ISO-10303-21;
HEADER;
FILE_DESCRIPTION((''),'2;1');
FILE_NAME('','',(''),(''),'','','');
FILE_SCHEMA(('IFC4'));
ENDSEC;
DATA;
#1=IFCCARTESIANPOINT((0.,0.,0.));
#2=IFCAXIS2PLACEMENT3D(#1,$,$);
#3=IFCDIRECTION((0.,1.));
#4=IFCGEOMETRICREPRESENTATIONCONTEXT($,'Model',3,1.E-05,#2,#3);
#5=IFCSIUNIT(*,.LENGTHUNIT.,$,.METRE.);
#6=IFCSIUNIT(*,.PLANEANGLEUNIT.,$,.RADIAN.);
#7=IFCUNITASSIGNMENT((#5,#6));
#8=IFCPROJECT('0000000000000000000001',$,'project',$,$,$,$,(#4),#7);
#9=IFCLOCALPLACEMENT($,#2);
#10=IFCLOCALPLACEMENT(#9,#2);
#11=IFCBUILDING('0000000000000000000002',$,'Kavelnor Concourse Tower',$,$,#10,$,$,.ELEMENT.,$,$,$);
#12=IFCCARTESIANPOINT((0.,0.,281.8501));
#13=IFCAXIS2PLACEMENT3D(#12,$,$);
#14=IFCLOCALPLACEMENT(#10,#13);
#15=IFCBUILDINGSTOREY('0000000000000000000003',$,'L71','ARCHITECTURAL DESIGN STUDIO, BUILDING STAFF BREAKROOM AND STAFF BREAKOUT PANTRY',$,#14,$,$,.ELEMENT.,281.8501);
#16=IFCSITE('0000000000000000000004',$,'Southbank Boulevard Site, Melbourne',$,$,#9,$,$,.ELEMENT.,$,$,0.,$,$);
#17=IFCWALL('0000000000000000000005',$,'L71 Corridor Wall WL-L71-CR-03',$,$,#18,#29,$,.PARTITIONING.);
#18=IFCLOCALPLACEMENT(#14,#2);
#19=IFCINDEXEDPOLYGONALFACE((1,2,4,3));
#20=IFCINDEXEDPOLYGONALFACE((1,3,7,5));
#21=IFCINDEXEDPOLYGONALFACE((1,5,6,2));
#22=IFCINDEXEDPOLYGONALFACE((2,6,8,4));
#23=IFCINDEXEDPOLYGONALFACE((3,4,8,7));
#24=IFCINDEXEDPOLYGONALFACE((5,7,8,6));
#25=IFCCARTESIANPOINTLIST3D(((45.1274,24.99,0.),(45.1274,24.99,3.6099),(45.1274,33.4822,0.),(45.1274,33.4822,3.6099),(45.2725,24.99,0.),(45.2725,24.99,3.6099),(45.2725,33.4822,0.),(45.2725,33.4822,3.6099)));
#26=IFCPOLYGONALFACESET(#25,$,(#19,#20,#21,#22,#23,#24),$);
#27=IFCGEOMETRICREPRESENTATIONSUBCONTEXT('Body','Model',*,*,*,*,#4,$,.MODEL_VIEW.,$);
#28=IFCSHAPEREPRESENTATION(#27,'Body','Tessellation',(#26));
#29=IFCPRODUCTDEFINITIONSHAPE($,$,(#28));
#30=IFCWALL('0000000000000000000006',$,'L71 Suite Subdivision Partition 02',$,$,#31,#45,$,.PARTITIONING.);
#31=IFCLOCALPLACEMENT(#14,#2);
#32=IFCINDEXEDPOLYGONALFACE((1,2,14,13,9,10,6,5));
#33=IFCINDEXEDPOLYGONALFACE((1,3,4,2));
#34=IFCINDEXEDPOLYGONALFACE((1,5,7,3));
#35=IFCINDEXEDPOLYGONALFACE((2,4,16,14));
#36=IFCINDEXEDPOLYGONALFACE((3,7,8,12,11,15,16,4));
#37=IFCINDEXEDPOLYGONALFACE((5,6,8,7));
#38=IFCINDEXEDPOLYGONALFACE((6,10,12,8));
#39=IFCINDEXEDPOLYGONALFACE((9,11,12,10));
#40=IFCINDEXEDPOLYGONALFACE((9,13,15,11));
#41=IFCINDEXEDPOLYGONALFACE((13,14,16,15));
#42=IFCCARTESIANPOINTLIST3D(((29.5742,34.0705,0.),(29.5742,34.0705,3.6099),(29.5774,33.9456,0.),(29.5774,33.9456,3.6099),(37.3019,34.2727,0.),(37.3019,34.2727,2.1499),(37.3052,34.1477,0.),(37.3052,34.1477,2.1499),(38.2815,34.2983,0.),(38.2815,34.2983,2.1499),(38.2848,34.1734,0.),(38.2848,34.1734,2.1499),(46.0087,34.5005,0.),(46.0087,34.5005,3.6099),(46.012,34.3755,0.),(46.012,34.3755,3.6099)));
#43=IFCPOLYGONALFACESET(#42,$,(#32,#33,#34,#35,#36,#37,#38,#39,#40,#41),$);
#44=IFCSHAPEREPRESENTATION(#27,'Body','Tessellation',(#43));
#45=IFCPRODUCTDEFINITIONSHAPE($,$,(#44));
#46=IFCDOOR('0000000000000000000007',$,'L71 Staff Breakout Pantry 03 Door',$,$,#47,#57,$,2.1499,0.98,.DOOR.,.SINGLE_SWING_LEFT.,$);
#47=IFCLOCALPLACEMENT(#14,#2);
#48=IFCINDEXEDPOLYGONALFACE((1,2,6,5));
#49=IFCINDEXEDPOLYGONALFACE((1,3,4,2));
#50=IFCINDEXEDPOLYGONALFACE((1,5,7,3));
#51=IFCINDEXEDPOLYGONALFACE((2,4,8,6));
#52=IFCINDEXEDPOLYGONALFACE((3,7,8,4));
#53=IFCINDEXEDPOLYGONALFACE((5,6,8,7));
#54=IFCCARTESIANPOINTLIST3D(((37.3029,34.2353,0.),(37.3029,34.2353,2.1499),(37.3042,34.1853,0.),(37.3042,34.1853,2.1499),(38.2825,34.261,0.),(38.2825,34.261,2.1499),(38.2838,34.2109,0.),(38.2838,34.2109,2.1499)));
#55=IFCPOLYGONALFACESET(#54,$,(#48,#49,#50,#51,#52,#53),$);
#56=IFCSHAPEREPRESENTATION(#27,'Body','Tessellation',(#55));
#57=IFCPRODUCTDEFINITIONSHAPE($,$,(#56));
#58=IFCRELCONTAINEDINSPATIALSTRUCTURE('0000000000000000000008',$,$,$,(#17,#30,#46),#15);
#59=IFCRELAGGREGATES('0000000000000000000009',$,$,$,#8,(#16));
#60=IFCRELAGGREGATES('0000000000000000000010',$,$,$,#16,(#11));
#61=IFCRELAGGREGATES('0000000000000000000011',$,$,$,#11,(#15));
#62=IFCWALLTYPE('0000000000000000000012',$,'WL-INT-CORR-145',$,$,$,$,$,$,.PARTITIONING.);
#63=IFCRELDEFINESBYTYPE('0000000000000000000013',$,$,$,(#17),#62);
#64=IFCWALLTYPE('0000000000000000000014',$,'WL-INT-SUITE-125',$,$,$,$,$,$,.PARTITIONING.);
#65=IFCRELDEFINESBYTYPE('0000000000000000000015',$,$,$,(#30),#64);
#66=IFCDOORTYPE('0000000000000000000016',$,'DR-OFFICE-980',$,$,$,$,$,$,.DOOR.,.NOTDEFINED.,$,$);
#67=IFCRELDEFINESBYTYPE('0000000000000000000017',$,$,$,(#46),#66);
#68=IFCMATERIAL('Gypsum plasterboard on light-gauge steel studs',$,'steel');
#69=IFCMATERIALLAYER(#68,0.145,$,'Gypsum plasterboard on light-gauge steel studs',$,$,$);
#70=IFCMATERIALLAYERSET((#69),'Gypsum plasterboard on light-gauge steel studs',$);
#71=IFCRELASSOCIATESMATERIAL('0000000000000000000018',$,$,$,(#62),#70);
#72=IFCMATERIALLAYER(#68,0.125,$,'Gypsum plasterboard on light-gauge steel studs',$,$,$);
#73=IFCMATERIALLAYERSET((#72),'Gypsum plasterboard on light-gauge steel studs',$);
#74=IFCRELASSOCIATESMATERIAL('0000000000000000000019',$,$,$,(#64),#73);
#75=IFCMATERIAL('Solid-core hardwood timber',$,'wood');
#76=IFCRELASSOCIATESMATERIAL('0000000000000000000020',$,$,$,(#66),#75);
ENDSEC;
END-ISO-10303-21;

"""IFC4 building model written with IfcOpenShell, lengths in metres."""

from ifc_helpers import new_model, si_unit, direction, frame, frame_2d, origin, place, context, subcontext, project, spatial, rectangle, extrude, material, layer, layer_set, type_object, element, fill, save


model = new_model("IFC4")

# Units and contexts
model_context = context("Model", 3, precision=1e-05, world=origin(), true_north=direction((0.0, 1.0)))
body_context = subcontext(model_context, "Body", "Model", "MODEL_VIEW")
ifc_project = project(units=[si_unit("LENGTHUNIT", "METRE"), si_unit("PLANEANGLEUNIT", "RADIAN")], contexts=[model_context])

# Site, building, storey
site_placement = place(None, origin())
site = spatial("IfcSite", under=ifc_project, at=site_placement, Name="Southbank Boulevard Site, Melbourne", CompositionType="ELEMENT", RefElevation=0.0)
building_placement = place(site_placement, origin())
building = spatial("IfcBuilding", under=site, at=building_placement, Name="Kavelnor Concourse Tower", CompositionType="ELEMENT")
storey_placement = place(building_placement, frame((0.0, 0.0, 281.8501)))
storey = spatial("IfcBuildingStorey", under=building, at=storey_placement, Name="L71", Description="ARCHITECTURAL DESIGN STUDIO, BUILDING STAFF BREAKROOM AND STAFF BREAKOUT PANTRY", CompositionType="ELEMENT", Elevation=281.8501)

# Wall
ifc_material_1 = material(Name="Gypsum plasterboard on light-gauge steel studs", Category="steel")
ifc_layer_1 = layer(ifc_material_1, 0.145, Name="Gypsum plasterboard on light-gauge steel studs")
ifc_layer_set_1 = layer_set([ifc_layer_1], Name="Gypsum plasterboard on light-gauge steel studs")
wall_type_1 = type_object("IfcWallType", Name="WL-INT-CORR-145", PredefinedType="PARTITIONING", material=ifc_layer_set_1)
wall_1_placement = place(storey_placement, frame((45.2, 33.4822, 0.0), z_axis=(0.0, 0.0, 1.0), x_axis=(0.0, -1.0, 0.0)))
element("IfcWall", 1, at=wall_1_placement, inside=storey, type_object=wall_type_1, Name="L71 Corridor Wall WL-L71-CR-03", PredefinedType="PARTITIONING", context=body_context, shape_type="SweptSolid", body=[
    extrude(rectangle(XDim=8.4922, YDim=0.145, at=frame_2d((4.2461, 0.0))), origin(), (0.0, 0.0, 1.0), 3.6099),
])

# Wall, opening, door
ifc_layer_2 = layer(ifc_material_1, 0.125, Name="Gypsum plasterboard on light-gauge steel studs")
ifc_layer_set_2 = layer_set([ifc_layer_2], Name="Gypsum plasterboard on light-gauge steel studs")
wall_type_2 = type_object("IfcWallType", Name="WL-INT-SUITE-125", PredefinedType="PARTITIONING", material=ifc_layer_set_2)
wall_2_placement = place(storey_placement, frame((46.0105, 34.438, 0.0), z_axis=(0.0, 0.0, 1.0), x_axis=(-0.999658, -0.026151, 0.0)))
wall_2 = element("IfcWall", 2, at=wall_2_placement, inside=storey, type_object=wall_type_2, Name="L71 Suite Subdivision Partition 02", PredefinedType="PARTITIONING", context=body_context, shape_type="SweptSolid", body=[
    extrude(rectangle(XDim=16.4402, YDim=0.125, at=frame_2d((8.2202, 0.0))), origin(), (0.0, 0.0, 1.0), 3.6099),
])
opening_1_placement = place(wall_2_placement, frame((7.73, 0.0, 0.0)))
opening_1 = element("IfcOpeningElement", 3, at=opening_1_placement, cuts=wall_2, PredefinedType="OPENING", context=body_context, shape_type="SweptSolid", body=[
    extrude(rectangle(XDim=0.98, YDim=2.1499, at=frame_2d((0.49, 1.075))), frame((0.0, 0.0725, 0.0), z_axis=(0.0, -1.0, 0.0), x_axis=(1.0, 0.0, 0.0)), (0.0, 0.0, 1.0), 0.145),
])
ifc_material_2 = material(Name="Solid-core hardwood timber", Category="wood")
door_type = type_object("IfcDoorType", Name="DR-OFFICE-980", OperationType="NOTDEFINED", PredefinedType="DOOR", material=ifc_material_2)
door_placement = place(opening_1_placement, origin())
door = element("IfcDoor", 4, at=door_placement, inside=storey, type_object=door_type, Name="L71 Staff Breakout Pantry 03 Door", OperationType="SINGLE_SWING_LEFT", OverallHeight=2.1499, OverallWidth=0.98, PredefinedType="DOOR", context=body_context, shape_type="SweptSolid", body=[
    extrude(rectangle(XDim=0.98, YDim=2.1499, at=frame_2d((0.49, 1.075))), frame((0.0, 0.0249, 0.0), z_axis=(0.0, -1.0, 0.0), x_axis=(1.0, 0.0, 0.0)), (0.0, 0.0, 1.0), 0.05),
])
fill(opening_1, door)

save(model, "model.ifc")
